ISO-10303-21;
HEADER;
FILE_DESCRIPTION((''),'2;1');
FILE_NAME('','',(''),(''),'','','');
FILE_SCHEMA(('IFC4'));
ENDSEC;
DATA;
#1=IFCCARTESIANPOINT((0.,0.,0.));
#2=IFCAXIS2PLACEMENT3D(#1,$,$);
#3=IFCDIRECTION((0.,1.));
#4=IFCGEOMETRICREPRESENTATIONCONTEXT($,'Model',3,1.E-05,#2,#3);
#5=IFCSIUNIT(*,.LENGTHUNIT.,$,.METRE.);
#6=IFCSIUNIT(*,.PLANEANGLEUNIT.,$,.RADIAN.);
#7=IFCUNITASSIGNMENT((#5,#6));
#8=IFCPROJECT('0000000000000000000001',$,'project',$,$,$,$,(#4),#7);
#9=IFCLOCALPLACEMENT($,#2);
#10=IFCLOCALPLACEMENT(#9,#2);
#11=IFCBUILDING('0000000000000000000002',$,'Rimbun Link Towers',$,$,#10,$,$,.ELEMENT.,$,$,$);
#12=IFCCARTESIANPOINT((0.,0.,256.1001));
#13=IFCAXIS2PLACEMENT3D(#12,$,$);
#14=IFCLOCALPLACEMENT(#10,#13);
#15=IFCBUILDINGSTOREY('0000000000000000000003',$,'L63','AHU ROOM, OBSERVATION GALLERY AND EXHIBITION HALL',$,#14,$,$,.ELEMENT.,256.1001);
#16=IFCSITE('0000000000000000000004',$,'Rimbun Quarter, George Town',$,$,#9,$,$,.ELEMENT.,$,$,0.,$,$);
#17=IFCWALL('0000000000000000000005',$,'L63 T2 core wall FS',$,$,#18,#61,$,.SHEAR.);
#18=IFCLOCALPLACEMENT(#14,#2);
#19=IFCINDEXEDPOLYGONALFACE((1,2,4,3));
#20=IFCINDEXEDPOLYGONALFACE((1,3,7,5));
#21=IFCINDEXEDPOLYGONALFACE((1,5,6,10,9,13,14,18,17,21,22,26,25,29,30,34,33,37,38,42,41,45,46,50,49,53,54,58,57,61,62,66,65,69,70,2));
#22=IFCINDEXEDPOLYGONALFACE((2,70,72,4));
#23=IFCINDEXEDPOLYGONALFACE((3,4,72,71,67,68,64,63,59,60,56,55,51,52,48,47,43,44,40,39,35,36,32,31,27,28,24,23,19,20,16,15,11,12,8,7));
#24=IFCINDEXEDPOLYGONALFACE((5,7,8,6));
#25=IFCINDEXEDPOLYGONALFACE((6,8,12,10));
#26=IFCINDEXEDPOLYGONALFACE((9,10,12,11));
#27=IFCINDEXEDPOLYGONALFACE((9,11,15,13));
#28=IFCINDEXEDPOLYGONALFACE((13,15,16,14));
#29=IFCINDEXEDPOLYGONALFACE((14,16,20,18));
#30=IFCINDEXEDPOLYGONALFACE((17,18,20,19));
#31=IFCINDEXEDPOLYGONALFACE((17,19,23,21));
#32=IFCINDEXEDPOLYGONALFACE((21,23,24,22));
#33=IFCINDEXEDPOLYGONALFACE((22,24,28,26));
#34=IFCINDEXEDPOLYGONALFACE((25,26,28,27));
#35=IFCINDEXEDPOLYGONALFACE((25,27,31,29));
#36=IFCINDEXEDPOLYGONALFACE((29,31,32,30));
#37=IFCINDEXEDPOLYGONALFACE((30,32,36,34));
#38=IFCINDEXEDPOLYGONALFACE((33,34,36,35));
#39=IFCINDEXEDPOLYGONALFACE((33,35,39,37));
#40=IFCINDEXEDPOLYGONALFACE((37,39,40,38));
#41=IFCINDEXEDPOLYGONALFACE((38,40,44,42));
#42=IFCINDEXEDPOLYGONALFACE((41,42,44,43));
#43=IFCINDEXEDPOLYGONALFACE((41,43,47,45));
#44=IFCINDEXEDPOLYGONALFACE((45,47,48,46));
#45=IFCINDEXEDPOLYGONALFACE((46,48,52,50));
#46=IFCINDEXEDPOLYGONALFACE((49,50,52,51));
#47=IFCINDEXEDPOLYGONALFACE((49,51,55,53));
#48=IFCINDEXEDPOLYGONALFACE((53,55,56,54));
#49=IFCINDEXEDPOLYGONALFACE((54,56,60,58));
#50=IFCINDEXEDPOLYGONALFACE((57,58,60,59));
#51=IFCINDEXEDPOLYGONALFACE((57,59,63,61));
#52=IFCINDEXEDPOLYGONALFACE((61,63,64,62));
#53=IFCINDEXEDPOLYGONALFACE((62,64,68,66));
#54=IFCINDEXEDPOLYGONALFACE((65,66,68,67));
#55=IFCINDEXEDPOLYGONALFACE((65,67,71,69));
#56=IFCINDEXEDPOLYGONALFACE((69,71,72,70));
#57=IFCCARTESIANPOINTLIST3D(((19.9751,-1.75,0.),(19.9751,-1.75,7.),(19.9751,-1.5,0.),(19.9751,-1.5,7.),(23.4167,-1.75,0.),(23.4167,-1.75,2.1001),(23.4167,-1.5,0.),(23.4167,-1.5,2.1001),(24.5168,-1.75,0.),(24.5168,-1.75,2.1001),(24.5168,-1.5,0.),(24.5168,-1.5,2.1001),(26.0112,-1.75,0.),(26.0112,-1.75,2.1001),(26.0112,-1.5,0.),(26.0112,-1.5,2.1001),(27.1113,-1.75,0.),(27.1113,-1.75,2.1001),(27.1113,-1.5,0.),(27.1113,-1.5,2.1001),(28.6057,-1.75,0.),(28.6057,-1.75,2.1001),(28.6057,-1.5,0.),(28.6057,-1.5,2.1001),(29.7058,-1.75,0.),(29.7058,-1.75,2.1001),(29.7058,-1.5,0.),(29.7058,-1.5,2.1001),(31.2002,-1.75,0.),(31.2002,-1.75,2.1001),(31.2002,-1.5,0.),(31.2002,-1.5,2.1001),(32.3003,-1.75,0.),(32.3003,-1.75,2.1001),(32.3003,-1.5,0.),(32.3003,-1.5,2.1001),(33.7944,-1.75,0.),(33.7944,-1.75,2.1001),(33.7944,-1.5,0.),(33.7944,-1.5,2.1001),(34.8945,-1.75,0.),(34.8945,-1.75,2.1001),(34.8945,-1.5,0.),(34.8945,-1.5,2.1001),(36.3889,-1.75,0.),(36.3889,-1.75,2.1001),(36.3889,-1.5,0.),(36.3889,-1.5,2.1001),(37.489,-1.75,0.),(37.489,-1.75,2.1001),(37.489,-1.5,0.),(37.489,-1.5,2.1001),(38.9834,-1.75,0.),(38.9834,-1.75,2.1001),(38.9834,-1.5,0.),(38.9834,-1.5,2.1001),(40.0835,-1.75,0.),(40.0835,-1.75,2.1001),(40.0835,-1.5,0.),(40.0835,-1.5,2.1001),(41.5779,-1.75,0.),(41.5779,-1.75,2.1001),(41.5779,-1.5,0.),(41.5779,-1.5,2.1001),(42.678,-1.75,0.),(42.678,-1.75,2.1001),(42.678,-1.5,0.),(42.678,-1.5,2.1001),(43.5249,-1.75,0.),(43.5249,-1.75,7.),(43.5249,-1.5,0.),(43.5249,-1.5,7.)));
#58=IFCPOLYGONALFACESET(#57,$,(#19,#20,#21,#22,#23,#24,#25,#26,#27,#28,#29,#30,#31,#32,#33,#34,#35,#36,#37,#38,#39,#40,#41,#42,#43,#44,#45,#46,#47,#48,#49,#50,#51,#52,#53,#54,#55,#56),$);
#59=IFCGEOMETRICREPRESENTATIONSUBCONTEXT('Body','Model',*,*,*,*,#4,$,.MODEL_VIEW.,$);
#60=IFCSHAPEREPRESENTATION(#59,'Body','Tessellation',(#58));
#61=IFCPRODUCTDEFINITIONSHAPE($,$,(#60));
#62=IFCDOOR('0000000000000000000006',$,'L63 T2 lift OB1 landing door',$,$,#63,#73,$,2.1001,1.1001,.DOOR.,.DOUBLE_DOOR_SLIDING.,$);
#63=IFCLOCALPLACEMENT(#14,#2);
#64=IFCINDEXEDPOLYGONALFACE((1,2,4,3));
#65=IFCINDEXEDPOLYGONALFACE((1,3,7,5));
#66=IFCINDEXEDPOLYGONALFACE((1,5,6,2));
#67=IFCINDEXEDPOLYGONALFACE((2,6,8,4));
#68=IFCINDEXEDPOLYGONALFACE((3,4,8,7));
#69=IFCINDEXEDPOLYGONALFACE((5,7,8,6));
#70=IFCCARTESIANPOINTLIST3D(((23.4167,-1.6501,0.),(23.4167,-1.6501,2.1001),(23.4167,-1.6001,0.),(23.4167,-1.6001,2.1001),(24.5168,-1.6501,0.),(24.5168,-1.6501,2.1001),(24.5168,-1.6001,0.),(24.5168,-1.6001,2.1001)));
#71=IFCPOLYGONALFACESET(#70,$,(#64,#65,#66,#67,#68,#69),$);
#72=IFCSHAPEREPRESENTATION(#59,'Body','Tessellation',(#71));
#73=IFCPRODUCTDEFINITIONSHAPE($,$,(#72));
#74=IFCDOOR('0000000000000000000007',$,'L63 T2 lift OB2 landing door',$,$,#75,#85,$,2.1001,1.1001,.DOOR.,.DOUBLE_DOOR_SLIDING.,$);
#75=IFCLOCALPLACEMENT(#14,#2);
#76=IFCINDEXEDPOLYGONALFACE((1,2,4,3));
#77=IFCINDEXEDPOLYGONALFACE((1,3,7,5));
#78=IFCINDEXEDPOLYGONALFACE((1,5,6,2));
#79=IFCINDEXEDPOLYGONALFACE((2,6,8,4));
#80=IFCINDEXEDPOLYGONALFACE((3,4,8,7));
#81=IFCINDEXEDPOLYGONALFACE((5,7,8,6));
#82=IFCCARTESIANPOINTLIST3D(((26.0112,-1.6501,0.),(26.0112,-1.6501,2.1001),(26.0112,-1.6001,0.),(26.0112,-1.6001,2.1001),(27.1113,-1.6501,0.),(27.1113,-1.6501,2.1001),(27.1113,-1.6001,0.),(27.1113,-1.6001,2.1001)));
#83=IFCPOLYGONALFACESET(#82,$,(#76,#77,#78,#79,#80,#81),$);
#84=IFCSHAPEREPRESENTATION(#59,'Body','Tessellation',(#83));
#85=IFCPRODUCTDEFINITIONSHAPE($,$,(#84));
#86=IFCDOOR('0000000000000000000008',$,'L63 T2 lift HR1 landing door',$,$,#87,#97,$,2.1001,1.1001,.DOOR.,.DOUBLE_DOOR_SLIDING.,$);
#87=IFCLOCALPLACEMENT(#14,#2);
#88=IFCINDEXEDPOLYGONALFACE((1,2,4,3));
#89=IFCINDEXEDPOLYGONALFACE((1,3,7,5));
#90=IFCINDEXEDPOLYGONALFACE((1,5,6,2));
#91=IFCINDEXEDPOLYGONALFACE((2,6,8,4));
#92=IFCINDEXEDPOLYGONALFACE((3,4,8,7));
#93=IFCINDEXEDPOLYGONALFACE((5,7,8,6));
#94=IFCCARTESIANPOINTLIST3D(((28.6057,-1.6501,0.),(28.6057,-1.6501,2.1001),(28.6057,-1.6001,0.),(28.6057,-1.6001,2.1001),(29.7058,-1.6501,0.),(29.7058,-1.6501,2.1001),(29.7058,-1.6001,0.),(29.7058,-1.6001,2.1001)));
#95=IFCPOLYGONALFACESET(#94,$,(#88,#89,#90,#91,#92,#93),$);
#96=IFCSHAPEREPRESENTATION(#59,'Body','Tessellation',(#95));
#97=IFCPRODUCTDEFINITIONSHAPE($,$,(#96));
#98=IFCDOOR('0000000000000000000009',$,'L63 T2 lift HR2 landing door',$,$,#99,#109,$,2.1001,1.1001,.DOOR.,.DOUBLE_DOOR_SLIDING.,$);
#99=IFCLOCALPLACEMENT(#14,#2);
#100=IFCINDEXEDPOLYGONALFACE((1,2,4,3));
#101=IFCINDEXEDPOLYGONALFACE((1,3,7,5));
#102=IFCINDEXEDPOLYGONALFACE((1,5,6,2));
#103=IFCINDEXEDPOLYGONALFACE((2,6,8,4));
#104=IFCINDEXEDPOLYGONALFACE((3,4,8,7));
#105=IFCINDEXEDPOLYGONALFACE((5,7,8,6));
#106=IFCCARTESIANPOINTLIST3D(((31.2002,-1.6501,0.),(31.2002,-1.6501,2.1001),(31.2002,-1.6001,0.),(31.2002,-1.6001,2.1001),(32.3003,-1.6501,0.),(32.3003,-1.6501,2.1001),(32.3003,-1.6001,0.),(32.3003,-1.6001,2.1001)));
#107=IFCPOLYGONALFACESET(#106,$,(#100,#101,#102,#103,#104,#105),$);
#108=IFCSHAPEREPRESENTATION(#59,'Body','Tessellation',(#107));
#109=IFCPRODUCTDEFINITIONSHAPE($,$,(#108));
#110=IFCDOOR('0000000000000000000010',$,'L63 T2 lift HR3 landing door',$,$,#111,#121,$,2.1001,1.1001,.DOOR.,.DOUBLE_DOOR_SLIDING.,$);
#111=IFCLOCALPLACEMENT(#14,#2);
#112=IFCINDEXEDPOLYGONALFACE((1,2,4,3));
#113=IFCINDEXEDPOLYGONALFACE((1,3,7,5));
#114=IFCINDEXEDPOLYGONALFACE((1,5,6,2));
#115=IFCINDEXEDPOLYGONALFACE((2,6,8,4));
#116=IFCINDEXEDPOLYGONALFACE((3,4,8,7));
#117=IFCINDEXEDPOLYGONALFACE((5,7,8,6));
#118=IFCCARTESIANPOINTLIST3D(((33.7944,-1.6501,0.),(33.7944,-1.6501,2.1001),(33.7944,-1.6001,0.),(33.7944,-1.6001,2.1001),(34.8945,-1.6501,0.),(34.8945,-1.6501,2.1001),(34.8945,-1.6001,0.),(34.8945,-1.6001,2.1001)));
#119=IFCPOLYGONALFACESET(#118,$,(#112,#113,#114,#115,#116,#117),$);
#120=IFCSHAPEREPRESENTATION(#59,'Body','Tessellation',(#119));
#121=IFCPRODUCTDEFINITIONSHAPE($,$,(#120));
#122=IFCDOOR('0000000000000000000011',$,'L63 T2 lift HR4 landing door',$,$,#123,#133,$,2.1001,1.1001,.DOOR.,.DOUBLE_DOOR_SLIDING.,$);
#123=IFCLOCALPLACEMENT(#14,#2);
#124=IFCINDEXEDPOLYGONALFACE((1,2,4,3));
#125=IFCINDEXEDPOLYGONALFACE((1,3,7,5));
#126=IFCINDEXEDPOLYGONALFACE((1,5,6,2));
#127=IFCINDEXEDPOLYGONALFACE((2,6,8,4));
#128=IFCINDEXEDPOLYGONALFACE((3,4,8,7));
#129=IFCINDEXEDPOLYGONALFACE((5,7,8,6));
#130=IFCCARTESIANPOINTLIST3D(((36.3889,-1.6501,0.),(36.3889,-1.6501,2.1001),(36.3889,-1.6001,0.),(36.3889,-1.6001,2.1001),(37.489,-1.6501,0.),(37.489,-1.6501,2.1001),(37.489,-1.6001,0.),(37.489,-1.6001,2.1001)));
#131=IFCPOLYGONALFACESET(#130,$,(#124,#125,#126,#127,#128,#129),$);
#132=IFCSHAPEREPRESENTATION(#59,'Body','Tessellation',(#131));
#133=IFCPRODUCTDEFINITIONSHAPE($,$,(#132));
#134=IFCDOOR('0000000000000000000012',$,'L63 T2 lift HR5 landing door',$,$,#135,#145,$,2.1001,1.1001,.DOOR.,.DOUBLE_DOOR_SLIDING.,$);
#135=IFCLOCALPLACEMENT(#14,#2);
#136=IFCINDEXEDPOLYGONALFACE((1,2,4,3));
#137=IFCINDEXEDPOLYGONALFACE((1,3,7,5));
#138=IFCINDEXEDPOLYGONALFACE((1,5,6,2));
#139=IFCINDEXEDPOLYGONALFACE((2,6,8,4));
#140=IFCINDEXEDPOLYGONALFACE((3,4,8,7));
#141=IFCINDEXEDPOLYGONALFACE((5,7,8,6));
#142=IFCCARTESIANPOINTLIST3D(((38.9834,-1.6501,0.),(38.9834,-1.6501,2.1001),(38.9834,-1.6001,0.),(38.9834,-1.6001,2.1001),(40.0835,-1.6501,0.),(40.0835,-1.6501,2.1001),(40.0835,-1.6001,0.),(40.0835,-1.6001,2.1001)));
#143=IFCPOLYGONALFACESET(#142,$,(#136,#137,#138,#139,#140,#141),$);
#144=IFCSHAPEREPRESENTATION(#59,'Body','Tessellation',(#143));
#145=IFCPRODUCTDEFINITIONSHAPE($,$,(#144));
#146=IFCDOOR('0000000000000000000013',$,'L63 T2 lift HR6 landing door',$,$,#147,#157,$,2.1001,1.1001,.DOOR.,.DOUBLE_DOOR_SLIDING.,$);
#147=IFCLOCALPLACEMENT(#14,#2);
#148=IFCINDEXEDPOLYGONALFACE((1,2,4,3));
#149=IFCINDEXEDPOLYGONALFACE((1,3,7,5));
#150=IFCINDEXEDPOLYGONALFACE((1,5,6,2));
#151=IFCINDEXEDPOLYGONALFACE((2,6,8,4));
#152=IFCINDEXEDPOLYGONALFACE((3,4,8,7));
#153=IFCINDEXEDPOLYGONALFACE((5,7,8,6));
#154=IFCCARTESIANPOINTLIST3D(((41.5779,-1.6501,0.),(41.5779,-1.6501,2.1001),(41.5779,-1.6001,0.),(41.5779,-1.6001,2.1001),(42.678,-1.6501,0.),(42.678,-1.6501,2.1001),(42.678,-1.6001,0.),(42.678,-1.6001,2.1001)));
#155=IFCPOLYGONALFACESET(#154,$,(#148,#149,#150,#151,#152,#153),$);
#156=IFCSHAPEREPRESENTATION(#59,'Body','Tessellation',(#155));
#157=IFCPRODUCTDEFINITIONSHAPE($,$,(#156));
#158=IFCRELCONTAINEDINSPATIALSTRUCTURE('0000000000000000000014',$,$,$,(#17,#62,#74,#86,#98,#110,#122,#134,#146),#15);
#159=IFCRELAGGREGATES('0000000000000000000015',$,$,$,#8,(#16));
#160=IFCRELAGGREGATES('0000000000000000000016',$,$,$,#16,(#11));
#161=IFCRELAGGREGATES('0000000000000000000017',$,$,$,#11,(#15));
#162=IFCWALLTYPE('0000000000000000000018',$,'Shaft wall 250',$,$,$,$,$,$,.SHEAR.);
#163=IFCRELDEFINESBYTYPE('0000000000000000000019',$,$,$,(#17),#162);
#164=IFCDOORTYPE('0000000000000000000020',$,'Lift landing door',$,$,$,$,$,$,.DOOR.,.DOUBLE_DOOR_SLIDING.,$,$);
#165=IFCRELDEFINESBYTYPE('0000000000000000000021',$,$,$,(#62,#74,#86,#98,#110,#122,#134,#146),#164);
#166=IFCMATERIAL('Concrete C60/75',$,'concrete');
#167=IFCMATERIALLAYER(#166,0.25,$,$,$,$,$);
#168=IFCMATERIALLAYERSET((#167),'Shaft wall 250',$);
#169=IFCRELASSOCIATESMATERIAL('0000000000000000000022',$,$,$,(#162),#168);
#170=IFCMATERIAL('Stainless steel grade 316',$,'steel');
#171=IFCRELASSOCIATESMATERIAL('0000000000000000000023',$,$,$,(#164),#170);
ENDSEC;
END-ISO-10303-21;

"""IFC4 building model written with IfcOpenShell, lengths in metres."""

from ifc_helpers import new_model, si_unit, direction, frame, frame_2d, origin, place, context, subcontext, project, spatial, rectangle, extrude, material, layer, layer_set, type_object, element, fill, save


model = new_model("IFC4")

# Units and contexts
model_context = context("Model", 3, precision=1e-05, world=origin(), true_north=direction((0.0, 1.0)))
body_context = subcontext(model_context, "Body", "Model", "MODEL_VIEW")
ifc_project = project(units=[si_unit("LENGTHUNIT", "METRE"), si_unit("PLANEANGLEUNIT", "RADIAN")], contexts=[model_context])

# Site, building, storey
site_placement = place(None, origin())
site = spatial("IfcSite", under=ifc_project, at=site_placement, Name="Rimbun Quarter, George Town", CompositionType="ELEMENT", RefElevation=0.0)
building_placement = place(site_placement, origin())
building = spatial("IfcBuilding", under=site, at=building_placement, Name="Rimbun Link Towers", CompositionType="ELEMENT")
storey_placement = place(building_placement, frame((0.0, 0.0, 256.1001)))
storey = spatial("IfcBuildingStorey", under=building, at=storey_placement, Name="L63", Description="AHU ROOM, OBSERVATION GALLERY AND EXHIBITION HALL", CompositionType="ELEMENT", Elevation=256.1001)

# Shared definitions
ifc_material_1 = material(Name="Concrete C60/75", Category="concrete")
ifc_layer_1 = layer(ifc_material_1, 0.25)
ifc_layer_set_1 = layer_set([ifc_layer_1], Name="Shaft wall 250")
wall_type_1 = type_object("IfcWallType", Name="Shaft wall 250", PredefinedType="SHEAR", material=ifc_layer_set_1)

# Wall, openings, doors
wall_1_placement = place(storey_placement, frame((19.9751, -1.625, 0.0), z_axis=(0.0, 0.0, 1.0), x_axis=(1.0, 0.0, 0.0)))
wall_1 = element("IfcWall", 1, at=wall_1_placement, inside=storey, type_object=wall_type_1, Name="L63 T2 core wall FS", PredefinedType="SHEAR", context=body_context, shape_type="SweptSolid", body=[
    extrude(rectangle(XDim=23.5498, YDim=0.25, at=frame_2d((11.7749, 0.0))), origin(), (0.0, 0.0, 1.0), 7.0),
])
opening_1_placement = place(wall_1_placement, frame((3.4417, 0.0, 0.0)))
opening_1 = element("IfcOpeningElement", 2, at=opening_1_placement, cuts=wall_1, PredefinedType="OPENING", context=body_context, shape_type="SweptSolid", body=[
    extrude(rectangle(XDim=1.1001, YDim=2.1001, at=frame_2d((0.55, 1.05))), frame((0.0, 0.135, 0.0), z_axis=(0.0, -1.0, 0.0), x_axis=(1.0, 0.0, 0.0)), (0.0, 0.0, 1.0), 0.27),
])
opening_2_placement = place(wall_1_placement, frame((6.0361, 0.0, 0.0)))
opening_2 = element("IfcOpeningElement", 3, at=opening_2_placement, cuts=wall_1, PredefinedType="OPENING", context=body_context, shape_type="SweptSolid", body=[
    extrude(rectangle(XDim=1.1001, YDim=2.1001, at=frame_2d((0.55, 1.05))), frame((0.0, 0.135, 0.0), z_axis=(0.0, -1.0, 0.0), x_axis=(1.0, 0.0, 0.0)), (0.0, 0.0, 1.0), 0.27),
])
opening_3_placement = place(wall_1_placement, frame((8.6306, 0.0, 0.0)))
opening_3 = element("IfcOpeningElement", 4, at=opening_3_placement, cuts=wall_1, PredefinedType="OPENING", context=body_context, shape_type="SweptSolid", body=[
    extrude(rectangle(XDim=1.1001, YDim=2.1001, at=frame_2d((0.55, 1.05))), frame((0.0, 0.135, 0.0), z_axis=(0.0, -1.0, 0.0), x_axis=(1.0, 0.0, 0.0)), (0.0, 0.0, 1.0), 0.27),
])
opening_4_placement = place(wall_1_placement, frame((11.2251, 0.0, 0.0)))
opening_4 = element("IfcOpeningElement", 5, at=opening_4_placement, cuts=wall_1, PredefinedType="OPENING", context=body_context, shape_type="SweptSolid", body=[
    extrude(rectangle(XDim=1.1001, YDim=2.1001, at=frame_2d((0.55, 1.05))), frame((0.0, 0.135, 0.0), z_axis=(0.0, -1.0, 0.0), x_axis=(1.0, 0.0, 0.0)), (0.0, 0.0, 1.0), 0.27),
])
opening_5_placement = place(wall_1_placement, frame((13.8193, 0.0, 0.0)))
opening_5 = element("IfcOpeningElement", 6, at=opening_5_placement, cuts=wall_1, PredefinedType="OPENING", context=body_context, shape_type="SweptSolid", body=[
    extrude(rectangle(XDim=1.1001, YDim=2.1001, at=frame_2d((0.55, 1.05))), frame((0.0, 0.135, 0.0), z_axis=(0.0, -1.0, 0.0), x_axis=(1.0, 0.0, 0.0)), (0.0, 0.0, 1.0), 0.27),
])
opening_6_placement = place(wall_1_placement, frame((16.4138, 0.0, 0.0)))
opening_6 = element("IfcOpeningElement", 7, at=opening_6_placement, cuts=wall_1, PredefinedType="OPENING", context=body_context, shape_type="SweptSolid", body=[
    extrude(rectangle(XDim=1.1001, YDim=2.1001, at=frame_2d((0.55, 1.05))), frame((0.0, 0.135, 0.0), z_axis=(0.0, -1.0, 0.0), x_axis=(1.0, 0.0, 0.0)), (0.0, 0.0, 1.0), 0.27),
])
opening_7_placement = place(wall_1_placement, frame((19.0083, 0.0, 0.0)))
opening_7 = element("IfcOpeningElement", 8, at=opening_7_placement, cuts=wall_1, PredefinedType="OPENING", context=body_context, shape_type="SweptSolid", body=[
    extrude(rectangle(XDim=1.1001, YDim=2.1001, at=frame_2d((0.55, 1.05))), frame((0.0, 0.135, 0.0), z_axis=(0.0, -1.0, 0.0), x_axis=(1.0, 0.0, 0.0)), (0.0, 0.0, 1.0), 0.27),
])
opening_8_placement = place(wall_1_placement, frame((21.6028, 0.0, 0.0)))
opening_8 = element("IfcOpeningElement", 9, at=opening_8_placement, cuts=wall_1, PredefinedType="OPENING", context=body_context, shape_type="SweptSolid", body=[
    extrude(rectangle(XDim=1.1001, YDim=2.1001, at=frame_2d((0.55, 1.05))), frame((0.0, 0.135, 0.0), z_axis=(0.0, -1.0, 0.0), x_axis=(1.0, 0.0, 0.0)), (0.0, 0.0, 1.0), 0.27),
])
ifc_material_2 = material(Name="Stainless steel grade 316", Category="steel")
door_type_1 = type_object("IfcDoorType", Name="Lift landing door", OperationType="DOUBLE_DOOR_SLIDING", PredefinedType="DOOR", material=ifc_material_2)
door_1_placement = place(opening_1_placement, origin())
door_1 = element("IfcDoor", 10, at=door_1_placement, inside=storey, type_object=door_type_1, Name="L63 T2 lift OB1 landing door", OperationType="DOUBLE_DOOR_SLIDING", OverallHeight=2.1001, OverallWidth=1.1001, PredefinedType="DOOR", context=body_context, shape_type="SweptSolid", body=[
    extrude(rectangle(XDim=1.1001, YDim=2.1001, at=frame_2d((0.55, 1.05))), frame((0.0, 0.0249, 0.0), z_axis=(0.0, -1.0, 0.0), x_axis=(1.0, 0.0, 0.0)), (0.0, 0.0, 1.0), 0.05),
])
fill(opening_1, door_1)
door_2_placement = place(opening_2_placement, origin())
door_2 = element("IfcDoor", 11, at=door_2_placement, inside=storey, type_object=door_type_1, Name="L63 T2 lift OB2 landing door", OperationType="DOUBLE_DOOR_SLIDING", OverallHeight=2.1001, OverallWidth=1.1001, PredefinedType="DOOR", context=body_context, shape_type="SweptSolid", body=[
    extrude(rectangle(XDim=1.1001, YDim=2.1001, at=frame_2d((0.55, 1.05))), frame((0.0, 0.0249, 0.0), z_axis=(0.0, -1.0, 0.0), x_axis=(1.0, 0.0, 0.0)), (0.0, 0.0, 1.0), 0.05),
])
fill(opening_2, door_2)
door_3_placement = place(opening_3_placement, origin())
door_3 = element("IfcDoor", 12, at=door_3_placement, inside=storey, type_object=door_type_1, Name="L63 T2 lift HR1 landing door", OperationType="DOUBLE_DOOR_SLIDING", OverallHeight=2.1001, OverallWidth=1.1001, PredefinedType="DOOR", context=body_context, shape_type="SweptSolid", body=[
    extrude(rectangle(XDim=1.1001, YDim=2.1001, at=frame_2d((0.55, 1.05))), frame((0.0, 0.0249, 0.0), z_axis=(0.0, -1.0, 0.0), x_axis=(1.0, 0.0, 0.0)), (0.0, 0.0, 1.0), 0.05),
])
fill(opening_3, door_3)
door_4_placement = place(opening_4_placement, origin())
door_4 = element("IfcDoor", 13, at=door_4_placement, inside=storey, type_object=door_type_1, Name="L63 T2 lift HR2 landing door", OperationType="DOUBLE_DOOR_SLIDING", OverallHeight=2.1001, OverallWidth=1.1001, PredefinedType="DOOR", context=body_context, shape_type="SweptSolid", body=[
    extrude(rectangle(XDim=1.1001, YDim=2.1001, at=frame_2d((0.55, 1.05))), frame((0.0, 0.0249, 0.0), z_axis=(0.0, -1.0, 0.0), x_axis=(1.0, 0.0, 0.0)), (0.0, 0.0, 1.0), 0.05),
])
fill(opening_4, door_4)
door_5_placement = place(opening_5_placement, origin())
door_5 = element("IfcDoor", 14, at=door_5_placement, inside=storey, type_object=door_type_1, Name="L63 T2 lift HR3 landing door", OperationType="DOUBLE_DOOR_SLIDING", OverallHeight=2.1001, OverallWidth=1.1001, PredefinedType="DOOR", context=body_context, shape_type="SweptSolid", body=[
    extrude(rectangle(XDim=1.1001, YDim=2.1001, at=frame_2d((0.55, 1.05))), frame((0.0, 0.0249, 0.0), z_axis=(0.0, -1.0, 0.0), x_axis=(1.0, 0.0, 0.0)), (0.0, 0.0, 1.0), 0.05),
])
fill(opening_5, door_5)
door_6_placement = place(opening_6_placement, origin())
door_6 = element("IfcDoor", 15, at=door_6_placement, inside=storey, type_object=door_type_1, Name="L63 T2 lift HR4 landing door", OperationType="DOUBLE_DOOR_SLIDING", OverallHeight=2.1001, OverallWidth=1.1001, PredefinedType="DOOR", context=body_context, shape_type="SweptSolid", body=[
    extrude(rectangle(XDim=1.1001, YDim=2.1001, at=frame_2d((0.55, 1.05))), frame((0.0, 0.0249, 0.0), z_axis=(0.0, -1.0, 0.0), x_axis=(1.0, 0.0, 0.0)), (0.0, 0.0, 1.0), 0.05),
])
fill(opening_6, door_6)
door_7_placement = place(opening_7_placement, origin())
door_7 = element("IfcDoor", 16, at=door_7_placement, inside=storey, type_object=door_type_1, Name="L63 T2 lift HR5 landing door", OperationType="DOUBLE_DOOR_SLIDING", OverallHeight=2.1001, OverallWidth=1.1001, PredefinedType="DOOR", context=body_context, shape_type="SweptSolid", body=[
    extrude(rectangle(XDim=1.1001, YDim=2.1001, at=frame_2d((0.55, 1.05))), frame((0.0, 0.0249, 0.0), z_axis=(0.0, -1.0, 0.0), x_axis=(1.0, 0.0, 0.0)), (0.0, 0.0, 1.0), 0.05),
])
fill(opening_7, door_7)
door_8_placement = place(opening_8_placement, origin())
door_8 = element("IfcDoor", 17, at=door_8_placement, inside=storey, type_object=door_type_1, Name="L63 T2 lift HR6 landing door", OperationType="DOUBLE_DOOR_SLIDING", OverallHeight=2.1001, OverallWidth=1.1001, PredefinedType="DOOR", context=body_context, shape_type="SweptSolid", body=[
    extrude(rectangle(XDim=1.1001, YDim=2.1001, at=frame_2d((0.55, 1.05))), frame((0.0, 0.0249, 0.0), z_axis=(0.0, -1.0, 0.0), x_axis=(1.0, 0.0, 0.0)), (0.0, 0.0, 1.0), 0.05),
])
fill(opening_8, door_8)

save(model, "model.ifc")
